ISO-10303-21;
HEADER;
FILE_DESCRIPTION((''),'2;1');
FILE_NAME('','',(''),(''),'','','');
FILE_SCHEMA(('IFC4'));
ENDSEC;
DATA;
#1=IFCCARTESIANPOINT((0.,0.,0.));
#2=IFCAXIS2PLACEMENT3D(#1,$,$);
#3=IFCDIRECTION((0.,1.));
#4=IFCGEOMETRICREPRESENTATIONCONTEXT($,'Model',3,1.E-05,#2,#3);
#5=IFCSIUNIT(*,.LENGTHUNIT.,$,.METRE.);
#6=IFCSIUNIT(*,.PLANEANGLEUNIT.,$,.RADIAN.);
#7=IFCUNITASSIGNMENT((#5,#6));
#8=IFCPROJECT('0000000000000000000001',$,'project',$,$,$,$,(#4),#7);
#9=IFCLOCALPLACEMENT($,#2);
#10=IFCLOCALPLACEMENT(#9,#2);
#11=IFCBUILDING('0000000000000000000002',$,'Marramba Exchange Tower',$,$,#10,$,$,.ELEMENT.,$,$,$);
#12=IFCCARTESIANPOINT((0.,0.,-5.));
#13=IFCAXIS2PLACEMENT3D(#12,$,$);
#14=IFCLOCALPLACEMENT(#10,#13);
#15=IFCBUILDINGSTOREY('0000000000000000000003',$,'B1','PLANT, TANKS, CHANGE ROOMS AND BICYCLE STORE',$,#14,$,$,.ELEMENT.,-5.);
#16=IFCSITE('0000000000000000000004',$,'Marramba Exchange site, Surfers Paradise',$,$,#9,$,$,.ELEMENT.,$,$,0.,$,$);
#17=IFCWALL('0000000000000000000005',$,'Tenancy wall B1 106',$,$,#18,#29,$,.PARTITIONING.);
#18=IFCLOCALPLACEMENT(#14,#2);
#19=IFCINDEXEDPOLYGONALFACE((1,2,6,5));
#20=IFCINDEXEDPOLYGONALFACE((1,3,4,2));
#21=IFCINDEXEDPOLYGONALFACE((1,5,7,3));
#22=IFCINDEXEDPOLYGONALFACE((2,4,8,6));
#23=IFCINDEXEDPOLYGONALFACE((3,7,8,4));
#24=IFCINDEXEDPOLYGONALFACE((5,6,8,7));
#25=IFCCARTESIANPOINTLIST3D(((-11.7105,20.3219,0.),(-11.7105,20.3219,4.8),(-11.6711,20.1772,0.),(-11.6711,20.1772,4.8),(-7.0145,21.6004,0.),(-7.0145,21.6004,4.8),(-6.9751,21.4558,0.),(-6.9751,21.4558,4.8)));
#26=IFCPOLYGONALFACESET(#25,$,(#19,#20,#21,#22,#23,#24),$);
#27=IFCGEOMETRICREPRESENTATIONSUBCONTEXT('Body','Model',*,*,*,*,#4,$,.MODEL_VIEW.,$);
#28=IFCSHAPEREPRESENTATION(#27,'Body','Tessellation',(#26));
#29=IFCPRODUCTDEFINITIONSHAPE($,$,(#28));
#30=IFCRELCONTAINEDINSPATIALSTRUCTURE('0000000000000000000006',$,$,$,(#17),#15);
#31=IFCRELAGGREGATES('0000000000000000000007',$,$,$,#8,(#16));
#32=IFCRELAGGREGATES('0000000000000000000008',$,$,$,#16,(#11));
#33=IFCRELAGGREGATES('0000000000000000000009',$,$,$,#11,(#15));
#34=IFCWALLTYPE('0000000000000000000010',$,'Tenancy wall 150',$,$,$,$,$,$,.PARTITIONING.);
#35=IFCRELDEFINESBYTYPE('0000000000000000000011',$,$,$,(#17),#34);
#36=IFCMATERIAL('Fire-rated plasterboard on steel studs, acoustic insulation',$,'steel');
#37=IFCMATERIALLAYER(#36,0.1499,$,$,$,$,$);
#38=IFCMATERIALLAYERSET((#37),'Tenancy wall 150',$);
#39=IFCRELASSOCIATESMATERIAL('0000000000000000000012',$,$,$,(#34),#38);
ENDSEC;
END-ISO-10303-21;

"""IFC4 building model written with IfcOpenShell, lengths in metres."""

from ifc_helpers import new_model, si_unit, direction, frame, frame_2d, origin, place, context, subcontext, project, spatial, rectangle, extrude, material, layer, layer_set, type_object, element, save


model = new_model("IFC4")

# Units and contexts
model_context = context("Model", 3, precision=1e-05, world=origin(), true_north=direction((0.0, 1.0)))
body_context = subcontext(model_context, "Body", "Model", "MODEL_VIEW")
ifc_project = project(units=[si_unit("LENGTHUNIT", "METRE"), si_unit("PLANEANGLEUNIT", "RADIAN")], contexts=[model_context])

# Site, building, storey
site_placement = place(None, origin())
site = spatial("IfcSite", under=ifc_project, at=site_placement, Name="Marramba Exchange site, Surfers Paradise", CompositionType="ELEMENT", RefElevation=0.0)
building_placement = place(site_placement, origin())
building = spatial("IfcBuilding", under=site, at=building_placement, Name="Marramba Exchange Tower", CompositionType="ELEMENT")
storey_placement = place(building_placement, frame((0.0, 0.0, -5.0)))
storey = spatial("IfcBuildingStorey", under=building, at=storey_placement, Name="B1", Description="PLANT, TANKS, CHANGE ROOMS AND BICYCLE STORE", CompositionType="ELEMENT", Elevation=-5.0)

# Wall
ifc_material_1 = material(Name="Fire-rated plasterboard on steel studs, acoustic insulation", Category="steel")
ifc_layer = layer(ifc_material_1, 0.1499)
ifc_layer_set = layer_set([ifc_layer], Name="Tenancy wall 150")
wall_type = type_object("IfcWallType", Name="Tenancy wall 150", PredefinedType="PARTITIONING", material=ifc_layer_set)
wall_1_placement = place(storey_placement, frame((-11.6909, 20.2495, 0.0), z_axis=(0.0, 0.0, 1.0), x_axis=(0.964877, 0.262701, 0.0)))
element("IfcWall", 1, at=wall_1_placement, inside=storey, type_object=wall_type, Name="Tenancy wall B1 106", PredefinedType="PARTITIONING", context=body_context, shape_type="SweptSolid", body=[
    extrude(rectangle(XDim=4.8669, YDim=0.1499, at=frame_2d((2.4336, 0.0))), origin(), (0.0, 0.0, 1.0), 4.8),
])

save(model, "model.ifc")
